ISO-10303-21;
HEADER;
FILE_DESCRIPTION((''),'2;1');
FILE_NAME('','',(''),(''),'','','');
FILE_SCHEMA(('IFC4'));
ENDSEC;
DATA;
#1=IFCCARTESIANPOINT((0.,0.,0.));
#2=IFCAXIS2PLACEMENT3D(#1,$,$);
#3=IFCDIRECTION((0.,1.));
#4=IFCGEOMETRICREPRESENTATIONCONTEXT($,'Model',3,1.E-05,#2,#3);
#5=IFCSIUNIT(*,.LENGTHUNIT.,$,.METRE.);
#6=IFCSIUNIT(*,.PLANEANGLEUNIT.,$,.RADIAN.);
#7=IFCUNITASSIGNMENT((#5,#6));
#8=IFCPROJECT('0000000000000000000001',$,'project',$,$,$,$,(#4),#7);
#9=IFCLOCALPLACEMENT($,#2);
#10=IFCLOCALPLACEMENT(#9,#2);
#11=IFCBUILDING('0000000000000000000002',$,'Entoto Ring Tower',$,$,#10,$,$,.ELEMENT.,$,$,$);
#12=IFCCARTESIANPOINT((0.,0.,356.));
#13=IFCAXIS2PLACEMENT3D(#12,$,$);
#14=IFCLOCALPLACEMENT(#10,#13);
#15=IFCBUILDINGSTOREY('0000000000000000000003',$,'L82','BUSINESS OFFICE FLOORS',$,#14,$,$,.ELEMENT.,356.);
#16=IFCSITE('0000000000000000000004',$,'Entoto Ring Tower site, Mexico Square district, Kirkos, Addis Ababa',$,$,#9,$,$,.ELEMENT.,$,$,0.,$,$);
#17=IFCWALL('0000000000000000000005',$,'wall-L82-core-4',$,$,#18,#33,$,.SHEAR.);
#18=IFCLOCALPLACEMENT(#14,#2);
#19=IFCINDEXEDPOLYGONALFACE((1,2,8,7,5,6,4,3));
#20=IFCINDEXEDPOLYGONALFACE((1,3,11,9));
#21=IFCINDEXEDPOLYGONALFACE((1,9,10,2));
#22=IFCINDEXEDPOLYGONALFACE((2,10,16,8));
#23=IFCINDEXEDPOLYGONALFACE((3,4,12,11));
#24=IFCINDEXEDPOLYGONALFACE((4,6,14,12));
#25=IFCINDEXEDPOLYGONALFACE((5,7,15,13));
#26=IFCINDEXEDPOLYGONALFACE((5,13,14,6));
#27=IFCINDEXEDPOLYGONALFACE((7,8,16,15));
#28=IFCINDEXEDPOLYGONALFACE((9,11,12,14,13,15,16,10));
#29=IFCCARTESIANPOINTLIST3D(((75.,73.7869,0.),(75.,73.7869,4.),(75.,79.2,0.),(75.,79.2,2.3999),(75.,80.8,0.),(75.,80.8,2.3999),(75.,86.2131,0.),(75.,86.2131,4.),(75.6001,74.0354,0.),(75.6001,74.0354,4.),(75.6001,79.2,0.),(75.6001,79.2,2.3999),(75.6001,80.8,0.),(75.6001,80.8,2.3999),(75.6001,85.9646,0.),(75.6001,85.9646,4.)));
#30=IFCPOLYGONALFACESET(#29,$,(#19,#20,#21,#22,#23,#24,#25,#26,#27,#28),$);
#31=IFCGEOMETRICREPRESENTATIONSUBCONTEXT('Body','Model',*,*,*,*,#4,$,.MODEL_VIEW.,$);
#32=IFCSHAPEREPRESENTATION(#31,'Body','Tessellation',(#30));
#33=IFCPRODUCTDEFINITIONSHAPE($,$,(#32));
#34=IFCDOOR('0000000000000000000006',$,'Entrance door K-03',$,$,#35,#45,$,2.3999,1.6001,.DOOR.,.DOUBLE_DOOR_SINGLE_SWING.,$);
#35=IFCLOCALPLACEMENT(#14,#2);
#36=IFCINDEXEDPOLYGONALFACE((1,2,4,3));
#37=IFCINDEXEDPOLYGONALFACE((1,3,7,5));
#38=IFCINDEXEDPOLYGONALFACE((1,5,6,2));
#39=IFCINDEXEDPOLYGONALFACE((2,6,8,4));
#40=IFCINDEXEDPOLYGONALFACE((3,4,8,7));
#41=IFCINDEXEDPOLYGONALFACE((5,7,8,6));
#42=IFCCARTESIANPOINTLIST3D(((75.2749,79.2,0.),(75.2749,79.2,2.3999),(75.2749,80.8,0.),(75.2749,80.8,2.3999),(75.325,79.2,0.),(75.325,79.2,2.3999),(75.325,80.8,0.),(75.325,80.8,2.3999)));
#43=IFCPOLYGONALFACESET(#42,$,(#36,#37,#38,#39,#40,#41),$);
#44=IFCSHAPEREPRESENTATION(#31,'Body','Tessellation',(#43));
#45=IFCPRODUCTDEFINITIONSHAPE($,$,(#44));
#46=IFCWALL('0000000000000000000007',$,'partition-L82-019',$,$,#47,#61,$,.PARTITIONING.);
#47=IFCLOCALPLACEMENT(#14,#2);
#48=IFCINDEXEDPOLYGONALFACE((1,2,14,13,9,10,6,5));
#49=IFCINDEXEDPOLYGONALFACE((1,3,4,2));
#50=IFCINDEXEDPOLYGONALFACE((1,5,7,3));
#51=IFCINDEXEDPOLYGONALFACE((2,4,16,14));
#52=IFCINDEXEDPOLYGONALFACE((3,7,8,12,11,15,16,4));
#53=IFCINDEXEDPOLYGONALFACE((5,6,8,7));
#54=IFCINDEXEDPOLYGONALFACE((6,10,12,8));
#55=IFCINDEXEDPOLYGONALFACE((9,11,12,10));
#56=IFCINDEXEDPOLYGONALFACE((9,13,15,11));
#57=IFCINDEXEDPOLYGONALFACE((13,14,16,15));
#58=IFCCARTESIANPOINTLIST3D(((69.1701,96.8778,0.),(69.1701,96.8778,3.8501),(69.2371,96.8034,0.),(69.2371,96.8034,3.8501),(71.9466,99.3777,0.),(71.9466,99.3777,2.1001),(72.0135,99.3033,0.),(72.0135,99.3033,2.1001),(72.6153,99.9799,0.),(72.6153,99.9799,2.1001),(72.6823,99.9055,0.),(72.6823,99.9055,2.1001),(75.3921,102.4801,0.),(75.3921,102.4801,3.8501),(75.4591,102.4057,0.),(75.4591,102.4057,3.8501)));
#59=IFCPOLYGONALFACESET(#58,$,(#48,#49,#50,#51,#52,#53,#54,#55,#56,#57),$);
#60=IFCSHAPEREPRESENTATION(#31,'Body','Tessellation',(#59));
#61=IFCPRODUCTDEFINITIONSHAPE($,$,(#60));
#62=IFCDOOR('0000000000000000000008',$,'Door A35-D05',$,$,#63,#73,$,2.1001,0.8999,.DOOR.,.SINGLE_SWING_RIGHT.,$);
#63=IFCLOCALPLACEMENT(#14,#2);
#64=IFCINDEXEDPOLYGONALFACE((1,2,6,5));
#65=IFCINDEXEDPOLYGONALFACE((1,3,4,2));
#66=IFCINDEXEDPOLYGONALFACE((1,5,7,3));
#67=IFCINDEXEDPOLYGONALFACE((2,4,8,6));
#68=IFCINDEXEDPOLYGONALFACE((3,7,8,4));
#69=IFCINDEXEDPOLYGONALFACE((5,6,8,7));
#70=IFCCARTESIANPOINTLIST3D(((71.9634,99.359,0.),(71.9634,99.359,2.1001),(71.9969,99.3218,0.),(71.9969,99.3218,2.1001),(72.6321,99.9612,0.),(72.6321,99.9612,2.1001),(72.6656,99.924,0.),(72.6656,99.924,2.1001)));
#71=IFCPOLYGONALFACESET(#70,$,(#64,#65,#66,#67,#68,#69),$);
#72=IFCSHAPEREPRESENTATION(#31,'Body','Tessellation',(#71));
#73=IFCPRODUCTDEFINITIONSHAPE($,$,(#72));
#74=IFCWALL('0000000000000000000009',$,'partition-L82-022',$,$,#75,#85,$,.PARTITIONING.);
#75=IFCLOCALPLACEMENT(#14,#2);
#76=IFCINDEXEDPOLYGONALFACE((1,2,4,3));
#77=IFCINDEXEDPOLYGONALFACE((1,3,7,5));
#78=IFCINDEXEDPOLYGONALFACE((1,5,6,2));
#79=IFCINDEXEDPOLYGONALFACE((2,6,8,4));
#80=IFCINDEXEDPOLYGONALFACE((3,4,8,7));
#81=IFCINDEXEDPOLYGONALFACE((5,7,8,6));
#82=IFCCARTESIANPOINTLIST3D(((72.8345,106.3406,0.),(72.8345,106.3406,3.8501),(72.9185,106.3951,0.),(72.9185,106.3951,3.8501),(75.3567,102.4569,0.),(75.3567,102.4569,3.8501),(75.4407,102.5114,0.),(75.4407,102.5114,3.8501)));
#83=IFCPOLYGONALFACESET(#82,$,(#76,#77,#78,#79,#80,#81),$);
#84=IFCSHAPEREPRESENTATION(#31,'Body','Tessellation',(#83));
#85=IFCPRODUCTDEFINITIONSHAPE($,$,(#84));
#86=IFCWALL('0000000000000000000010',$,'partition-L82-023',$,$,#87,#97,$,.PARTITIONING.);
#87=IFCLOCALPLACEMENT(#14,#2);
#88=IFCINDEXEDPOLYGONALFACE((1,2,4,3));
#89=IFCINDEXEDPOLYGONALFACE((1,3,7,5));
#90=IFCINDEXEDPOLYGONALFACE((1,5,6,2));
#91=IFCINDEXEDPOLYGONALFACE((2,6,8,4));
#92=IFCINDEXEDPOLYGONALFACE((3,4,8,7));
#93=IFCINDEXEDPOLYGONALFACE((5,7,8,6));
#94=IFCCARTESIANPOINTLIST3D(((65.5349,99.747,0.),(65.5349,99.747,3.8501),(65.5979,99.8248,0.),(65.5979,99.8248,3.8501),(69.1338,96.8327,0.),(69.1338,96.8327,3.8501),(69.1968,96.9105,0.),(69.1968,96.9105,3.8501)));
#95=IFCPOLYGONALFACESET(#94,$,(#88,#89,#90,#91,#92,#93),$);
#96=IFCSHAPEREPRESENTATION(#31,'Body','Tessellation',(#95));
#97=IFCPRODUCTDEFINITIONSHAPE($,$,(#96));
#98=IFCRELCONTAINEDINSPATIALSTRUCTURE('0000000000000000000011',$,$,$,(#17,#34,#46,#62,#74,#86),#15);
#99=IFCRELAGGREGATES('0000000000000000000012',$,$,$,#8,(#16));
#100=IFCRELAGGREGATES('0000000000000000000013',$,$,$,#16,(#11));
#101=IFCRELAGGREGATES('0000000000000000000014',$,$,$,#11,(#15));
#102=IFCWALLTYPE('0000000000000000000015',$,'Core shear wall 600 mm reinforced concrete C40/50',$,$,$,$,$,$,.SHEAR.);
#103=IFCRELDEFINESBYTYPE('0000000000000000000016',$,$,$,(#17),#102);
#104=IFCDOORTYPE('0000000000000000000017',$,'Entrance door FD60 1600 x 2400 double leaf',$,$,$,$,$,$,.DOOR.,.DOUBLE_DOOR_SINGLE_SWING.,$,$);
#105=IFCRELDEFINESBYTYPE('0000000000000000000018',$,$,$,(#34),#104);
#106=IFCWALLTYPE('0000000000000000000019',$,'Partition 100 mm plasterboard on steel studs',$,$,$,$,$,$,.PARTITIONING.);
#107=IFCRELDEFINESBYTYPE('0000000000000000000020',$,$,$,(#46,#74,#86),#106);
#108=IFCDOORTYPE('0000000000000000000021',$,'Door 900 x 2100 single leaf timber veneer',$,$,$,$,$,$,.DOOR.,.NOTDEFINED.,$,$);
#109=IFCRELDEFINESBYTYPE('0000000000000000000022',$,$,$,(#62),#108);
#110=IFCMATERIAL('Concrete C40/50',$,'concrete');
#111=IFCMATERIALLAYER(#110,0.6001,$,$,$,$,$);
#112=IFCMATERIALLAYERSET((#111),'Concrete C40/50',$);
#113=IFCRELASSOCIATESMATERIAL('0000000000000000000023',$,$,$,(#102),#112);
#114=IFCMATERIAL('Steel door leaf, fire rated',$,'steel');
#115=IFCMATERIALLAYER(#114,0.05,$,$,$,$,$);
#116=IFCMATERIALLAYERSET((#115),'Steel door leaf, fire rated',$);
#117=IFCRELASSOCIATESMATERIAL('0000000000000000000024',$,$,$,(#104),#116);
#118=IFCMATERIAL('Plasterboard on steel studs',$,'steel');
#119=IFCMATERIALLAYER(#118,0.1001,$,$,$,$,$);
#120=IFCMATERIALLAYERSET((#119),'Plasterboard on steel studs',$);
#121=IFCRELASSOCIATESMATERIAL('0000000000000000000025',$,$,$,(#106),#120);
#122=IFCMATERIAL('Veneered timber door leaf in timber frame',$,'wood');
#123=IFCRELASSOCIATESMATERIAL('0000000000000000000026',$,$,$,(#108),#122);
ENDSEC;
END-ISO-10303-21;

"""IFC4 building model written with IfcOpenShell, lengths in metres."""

from ifc_helpers import new_model, si_unit, direction, frame, frame_2d, origin, place, context, subcontext, project, spatial, polyline, rectangle, outline, extrude, material, layer, layer_set, type_object, element, fill, save


model = new_model("IFC4")

# Units and contexts
model_context = context("Model", 3, precision=1e-05, world=origin(), true_north=direction((0.0, 1.0)))
body_context = subcontext(model_context, "Body", "Model", "MODEL_VIEW")
ifc_project = project(units=[si_unit("LENGTHUNIT", "METRE"), si_unit("PLANEANGLEUNIT", "RADIAN")], contexts=[model_context])

# Site, building, storey
site_placement = place(None, origin())
site = spatial("IfcSite", under=ifc_project, at=site_placement, Name="Entoto Ring Tower site, Mexico Square district, Kirkos, Addis Ababa", CompositionType="ELEMENT", RefElevation=0.0)
building_placement = place(site_placement, origin())
building = spatial("IfcBuilding", under=site, at=building_placement, Name="Entoto Ring Tower", CompositionType="ELEMENT")
storey_placement = place(building_placement, frame((0.0, 0.0, 356.0)))
storey = spatial("IfcBuildingStorey", under=building, at=storey_placement, Name="L82", Description="BUSINESS OFFICE FLOORS", CompositionType="ELEMENT", Elevation=356.0)

# Shared definitions
ifc_material_1 = material(Name="Concrete C40/50", Category="concrete")
ifc_layer_1 = layer(ifc_material_1, 0.6001)
ifc_layer_set_1 = layer_set([ifc_layer_1], Name="Concrete C40/50")
wall_type_1 = type_object("IfcWallType", Name="Core shear wall 600 mm reinforced concrete C40/50", PredefinedType="SHEAR", material=ifc_layer_set_1)

# Walls, openings, doors
wall_1_placement = place(storey_placement, frame((75.3, 86.0889, 0.0), z_axis=(0.0, 0.0, 1.0), x_axis=(0.0, -1.0, 0.0)))
wall_1 = element("IfcWall", 1, at=wall_1_placement, inside=storey, type_object=wall_type_1, Name="wall-L82-core-4", PredefinedType="SHEAR", context=body_context, shape_type="SweptSolid", body=[
    extrude(outline(polyline([(-0.1243, -0.3), (12.302, -0.3), (12.0535, 0.3), (0.1243, 0.3), (-0.1243, -0.3)])), origin(), (0.0, 0.0, 1.0), 4.0),
])
opening_1_placement = place(wall_1_placement, frame((5.2888, 0.0, 0.0)))
opening_1 = element("IfcOpeningElement", 2, at=opening_1_placement, cuts=wall_1, PredefinedType="OPENING", context=body_context, shape_type="SweptSolid", body=[
    extrude(rectangle(XDim=1.6001, YDim=2.3999, at=frame_2d((0.8, 1.2))), frame((0.0, 0.3101, 0.0), z_axis=(0.0, -1.0, 0.0), x_axis=(1.0, 0.0, 0.0)), (0.0, 0.0, 1.0), 0.6201),
])
ifc_material_2 = material(Name="Steel door leaf, fire rated", Category="steel")
ifc_layer_2 = layer(ifc_material_2, 0.05)
ifc_layer_set_2 = layer_set([ifc_layer_2], Name="Steel door leaf, fire rated")
door_type_1 = type_object("IfcDoorType", Name="Entrance door FD60 1600 x 2400 double leaf", OperationType="DOUBLE_DOOR_SINGLE_SWING", PredefinedType="DOOR", material=ifc_layer_set_2)
door_1_placement = place(opening_1_placement, origin())
door_1 = element("IfcDoor", 3, at=door_1_placement, inside=storey, type_object=door_type_1, Name="Entrance door K-03", OperationType="DOUBLE_DOOR_SINGLE_SWING", OverallHeight=2.3999, OverallWidth=1.6001, PredefinedType="DOOR", context=body_context, shape_type="SweptSolid", body=[
    extrude(rectangle(XDim=1.6001, YDim=2.3999, at=frame_2d((0.8, 1.2))), frame((0.0, 0.0249, 0.0), z_axis=(0.0, -1.0, 0.0), x_axis=(1.0, 0.0, 0.0)), (0.0, 0.0, 1.0), 0.05),
])
fill(opening_1, door_1)
ifc_material_3 = material(Name="Plasterboard on steel studs", Category="steel")
ifc_layer_3 = layer(ifc_material_3, 0.1001)
ifc_layer_set_3 = layer_set([ifc_layer_3], Name="Plasterboard on steel studs")
wall_type_2 = type_object("IfcWallType", Name="Partition 100 mm plasterboard on steel studs", PredefinedType="PARTITIONING", material=ifc_layer_set_3)
wall_2_placement = place(storey_placement, frame((69.2036, 96.8406, 0.0), z_axis=(0.0, 0.0, 1.0), x_axis=(0.743142, 0.669134, 0.0)))
wall_2 = element("IfcWall", 4, at=wall_2_placement, inside=storey, type_object=wall_type_2, Name="partition-L82-019", PredefinedType="PARTITIONING", context=body_context, shape_type="SweptSolid", body=[
    extrude(rectangle(XDim=8.3726, YDim=0.1001, at=frame_2d((4.1863, 0.0))), origin(), (0.0, 0.0, 1.0), 3.8501),
])
opening_2_placement = place(wall_2_placement, frame((3.7361, 0.0, 0.0)))
opening_2 = element("IfcOpeningElement", 5, at=opening_2_placement, cuts=wall_2, PredefinedType="OPENING", context=body_context, shape_type="SweptSolid", body=[
    extrude(rectangle(XDim=0.8999, YDim=2.1001, at=frame_2d((0.45, 1.05))), frame((0.0, 0.0601, 0.0), z_axis=(0.0, -1.0, 0.0), x_axis=(1.0, 0.0, 0.0)), (0.0, 0.0, 1.0), 0.1201),
])
ifc_material_4 = material(Name="Veneered timber door leaf in timber frame", Category="wood")
door_type_2 = type_object("IfcDoorType", Name="Door 900 x 2100 single leaf timber veneer", OperationType="NOTDEFINED", PredefinedType="DOOR", material=ifc_material_4)
door_2_placement = place(opening_2_placement, origin())
door_2 = element("IfcDoor", 6, at=door_2_placement, inside=storey, type_object=door_type_2, Name="Door A35-D05", OperationType="SINGLE_SWING_RIGHT", OverallHeight=2.1001, OverallWidth=0.8999, PredefinedType="DOOR", context=body_context, shape_type="SweptSolid", body=[
    extrude(rectangle(XDim=0.8999, YDim=2.1001, at=frame_2d((0.45, 1.05))), frame((0.0, 0.0249, 0.0), z_axis=(0.0, -1.0, 0.0), x_axis=(1.0, 0.0, 0.0)), (0.0, 0.0, 1.0), 0.05),
])
fill(opening_2, door_2)

# Walls
for number, where, z_axis, x_axis, name in (
    (7, (75.3987, 102.4841, 0.0), (0.0, 0.0, 1.0), (-0.544647, 0.838665, 0.0), "partition-L82-022"),
    (8, (69.1653, 96.8716, 0.0), (0.0, 0.0, 1.0), (-0.777147, 0.62932, 0.0), "partition-L82-023"),
):
    element("IfcWall", number, at=place(storey_placement, frame(where, z_axis=z_axis, x_axis=x_axis)), inside=storey, type_object=wall_type_2, Name=name, PredefinedType="PARTITIONING", context=body_context, shape_type="SweptSolid", body=[
        extrude(rectangle(XDim=4.6309, YDim=0.1001, at=frame_2d((2.3154, 0.0))), origin(), (0.0, 0.0, 1.0), 3.8501),
    ])

save(model, "model.ifc")
